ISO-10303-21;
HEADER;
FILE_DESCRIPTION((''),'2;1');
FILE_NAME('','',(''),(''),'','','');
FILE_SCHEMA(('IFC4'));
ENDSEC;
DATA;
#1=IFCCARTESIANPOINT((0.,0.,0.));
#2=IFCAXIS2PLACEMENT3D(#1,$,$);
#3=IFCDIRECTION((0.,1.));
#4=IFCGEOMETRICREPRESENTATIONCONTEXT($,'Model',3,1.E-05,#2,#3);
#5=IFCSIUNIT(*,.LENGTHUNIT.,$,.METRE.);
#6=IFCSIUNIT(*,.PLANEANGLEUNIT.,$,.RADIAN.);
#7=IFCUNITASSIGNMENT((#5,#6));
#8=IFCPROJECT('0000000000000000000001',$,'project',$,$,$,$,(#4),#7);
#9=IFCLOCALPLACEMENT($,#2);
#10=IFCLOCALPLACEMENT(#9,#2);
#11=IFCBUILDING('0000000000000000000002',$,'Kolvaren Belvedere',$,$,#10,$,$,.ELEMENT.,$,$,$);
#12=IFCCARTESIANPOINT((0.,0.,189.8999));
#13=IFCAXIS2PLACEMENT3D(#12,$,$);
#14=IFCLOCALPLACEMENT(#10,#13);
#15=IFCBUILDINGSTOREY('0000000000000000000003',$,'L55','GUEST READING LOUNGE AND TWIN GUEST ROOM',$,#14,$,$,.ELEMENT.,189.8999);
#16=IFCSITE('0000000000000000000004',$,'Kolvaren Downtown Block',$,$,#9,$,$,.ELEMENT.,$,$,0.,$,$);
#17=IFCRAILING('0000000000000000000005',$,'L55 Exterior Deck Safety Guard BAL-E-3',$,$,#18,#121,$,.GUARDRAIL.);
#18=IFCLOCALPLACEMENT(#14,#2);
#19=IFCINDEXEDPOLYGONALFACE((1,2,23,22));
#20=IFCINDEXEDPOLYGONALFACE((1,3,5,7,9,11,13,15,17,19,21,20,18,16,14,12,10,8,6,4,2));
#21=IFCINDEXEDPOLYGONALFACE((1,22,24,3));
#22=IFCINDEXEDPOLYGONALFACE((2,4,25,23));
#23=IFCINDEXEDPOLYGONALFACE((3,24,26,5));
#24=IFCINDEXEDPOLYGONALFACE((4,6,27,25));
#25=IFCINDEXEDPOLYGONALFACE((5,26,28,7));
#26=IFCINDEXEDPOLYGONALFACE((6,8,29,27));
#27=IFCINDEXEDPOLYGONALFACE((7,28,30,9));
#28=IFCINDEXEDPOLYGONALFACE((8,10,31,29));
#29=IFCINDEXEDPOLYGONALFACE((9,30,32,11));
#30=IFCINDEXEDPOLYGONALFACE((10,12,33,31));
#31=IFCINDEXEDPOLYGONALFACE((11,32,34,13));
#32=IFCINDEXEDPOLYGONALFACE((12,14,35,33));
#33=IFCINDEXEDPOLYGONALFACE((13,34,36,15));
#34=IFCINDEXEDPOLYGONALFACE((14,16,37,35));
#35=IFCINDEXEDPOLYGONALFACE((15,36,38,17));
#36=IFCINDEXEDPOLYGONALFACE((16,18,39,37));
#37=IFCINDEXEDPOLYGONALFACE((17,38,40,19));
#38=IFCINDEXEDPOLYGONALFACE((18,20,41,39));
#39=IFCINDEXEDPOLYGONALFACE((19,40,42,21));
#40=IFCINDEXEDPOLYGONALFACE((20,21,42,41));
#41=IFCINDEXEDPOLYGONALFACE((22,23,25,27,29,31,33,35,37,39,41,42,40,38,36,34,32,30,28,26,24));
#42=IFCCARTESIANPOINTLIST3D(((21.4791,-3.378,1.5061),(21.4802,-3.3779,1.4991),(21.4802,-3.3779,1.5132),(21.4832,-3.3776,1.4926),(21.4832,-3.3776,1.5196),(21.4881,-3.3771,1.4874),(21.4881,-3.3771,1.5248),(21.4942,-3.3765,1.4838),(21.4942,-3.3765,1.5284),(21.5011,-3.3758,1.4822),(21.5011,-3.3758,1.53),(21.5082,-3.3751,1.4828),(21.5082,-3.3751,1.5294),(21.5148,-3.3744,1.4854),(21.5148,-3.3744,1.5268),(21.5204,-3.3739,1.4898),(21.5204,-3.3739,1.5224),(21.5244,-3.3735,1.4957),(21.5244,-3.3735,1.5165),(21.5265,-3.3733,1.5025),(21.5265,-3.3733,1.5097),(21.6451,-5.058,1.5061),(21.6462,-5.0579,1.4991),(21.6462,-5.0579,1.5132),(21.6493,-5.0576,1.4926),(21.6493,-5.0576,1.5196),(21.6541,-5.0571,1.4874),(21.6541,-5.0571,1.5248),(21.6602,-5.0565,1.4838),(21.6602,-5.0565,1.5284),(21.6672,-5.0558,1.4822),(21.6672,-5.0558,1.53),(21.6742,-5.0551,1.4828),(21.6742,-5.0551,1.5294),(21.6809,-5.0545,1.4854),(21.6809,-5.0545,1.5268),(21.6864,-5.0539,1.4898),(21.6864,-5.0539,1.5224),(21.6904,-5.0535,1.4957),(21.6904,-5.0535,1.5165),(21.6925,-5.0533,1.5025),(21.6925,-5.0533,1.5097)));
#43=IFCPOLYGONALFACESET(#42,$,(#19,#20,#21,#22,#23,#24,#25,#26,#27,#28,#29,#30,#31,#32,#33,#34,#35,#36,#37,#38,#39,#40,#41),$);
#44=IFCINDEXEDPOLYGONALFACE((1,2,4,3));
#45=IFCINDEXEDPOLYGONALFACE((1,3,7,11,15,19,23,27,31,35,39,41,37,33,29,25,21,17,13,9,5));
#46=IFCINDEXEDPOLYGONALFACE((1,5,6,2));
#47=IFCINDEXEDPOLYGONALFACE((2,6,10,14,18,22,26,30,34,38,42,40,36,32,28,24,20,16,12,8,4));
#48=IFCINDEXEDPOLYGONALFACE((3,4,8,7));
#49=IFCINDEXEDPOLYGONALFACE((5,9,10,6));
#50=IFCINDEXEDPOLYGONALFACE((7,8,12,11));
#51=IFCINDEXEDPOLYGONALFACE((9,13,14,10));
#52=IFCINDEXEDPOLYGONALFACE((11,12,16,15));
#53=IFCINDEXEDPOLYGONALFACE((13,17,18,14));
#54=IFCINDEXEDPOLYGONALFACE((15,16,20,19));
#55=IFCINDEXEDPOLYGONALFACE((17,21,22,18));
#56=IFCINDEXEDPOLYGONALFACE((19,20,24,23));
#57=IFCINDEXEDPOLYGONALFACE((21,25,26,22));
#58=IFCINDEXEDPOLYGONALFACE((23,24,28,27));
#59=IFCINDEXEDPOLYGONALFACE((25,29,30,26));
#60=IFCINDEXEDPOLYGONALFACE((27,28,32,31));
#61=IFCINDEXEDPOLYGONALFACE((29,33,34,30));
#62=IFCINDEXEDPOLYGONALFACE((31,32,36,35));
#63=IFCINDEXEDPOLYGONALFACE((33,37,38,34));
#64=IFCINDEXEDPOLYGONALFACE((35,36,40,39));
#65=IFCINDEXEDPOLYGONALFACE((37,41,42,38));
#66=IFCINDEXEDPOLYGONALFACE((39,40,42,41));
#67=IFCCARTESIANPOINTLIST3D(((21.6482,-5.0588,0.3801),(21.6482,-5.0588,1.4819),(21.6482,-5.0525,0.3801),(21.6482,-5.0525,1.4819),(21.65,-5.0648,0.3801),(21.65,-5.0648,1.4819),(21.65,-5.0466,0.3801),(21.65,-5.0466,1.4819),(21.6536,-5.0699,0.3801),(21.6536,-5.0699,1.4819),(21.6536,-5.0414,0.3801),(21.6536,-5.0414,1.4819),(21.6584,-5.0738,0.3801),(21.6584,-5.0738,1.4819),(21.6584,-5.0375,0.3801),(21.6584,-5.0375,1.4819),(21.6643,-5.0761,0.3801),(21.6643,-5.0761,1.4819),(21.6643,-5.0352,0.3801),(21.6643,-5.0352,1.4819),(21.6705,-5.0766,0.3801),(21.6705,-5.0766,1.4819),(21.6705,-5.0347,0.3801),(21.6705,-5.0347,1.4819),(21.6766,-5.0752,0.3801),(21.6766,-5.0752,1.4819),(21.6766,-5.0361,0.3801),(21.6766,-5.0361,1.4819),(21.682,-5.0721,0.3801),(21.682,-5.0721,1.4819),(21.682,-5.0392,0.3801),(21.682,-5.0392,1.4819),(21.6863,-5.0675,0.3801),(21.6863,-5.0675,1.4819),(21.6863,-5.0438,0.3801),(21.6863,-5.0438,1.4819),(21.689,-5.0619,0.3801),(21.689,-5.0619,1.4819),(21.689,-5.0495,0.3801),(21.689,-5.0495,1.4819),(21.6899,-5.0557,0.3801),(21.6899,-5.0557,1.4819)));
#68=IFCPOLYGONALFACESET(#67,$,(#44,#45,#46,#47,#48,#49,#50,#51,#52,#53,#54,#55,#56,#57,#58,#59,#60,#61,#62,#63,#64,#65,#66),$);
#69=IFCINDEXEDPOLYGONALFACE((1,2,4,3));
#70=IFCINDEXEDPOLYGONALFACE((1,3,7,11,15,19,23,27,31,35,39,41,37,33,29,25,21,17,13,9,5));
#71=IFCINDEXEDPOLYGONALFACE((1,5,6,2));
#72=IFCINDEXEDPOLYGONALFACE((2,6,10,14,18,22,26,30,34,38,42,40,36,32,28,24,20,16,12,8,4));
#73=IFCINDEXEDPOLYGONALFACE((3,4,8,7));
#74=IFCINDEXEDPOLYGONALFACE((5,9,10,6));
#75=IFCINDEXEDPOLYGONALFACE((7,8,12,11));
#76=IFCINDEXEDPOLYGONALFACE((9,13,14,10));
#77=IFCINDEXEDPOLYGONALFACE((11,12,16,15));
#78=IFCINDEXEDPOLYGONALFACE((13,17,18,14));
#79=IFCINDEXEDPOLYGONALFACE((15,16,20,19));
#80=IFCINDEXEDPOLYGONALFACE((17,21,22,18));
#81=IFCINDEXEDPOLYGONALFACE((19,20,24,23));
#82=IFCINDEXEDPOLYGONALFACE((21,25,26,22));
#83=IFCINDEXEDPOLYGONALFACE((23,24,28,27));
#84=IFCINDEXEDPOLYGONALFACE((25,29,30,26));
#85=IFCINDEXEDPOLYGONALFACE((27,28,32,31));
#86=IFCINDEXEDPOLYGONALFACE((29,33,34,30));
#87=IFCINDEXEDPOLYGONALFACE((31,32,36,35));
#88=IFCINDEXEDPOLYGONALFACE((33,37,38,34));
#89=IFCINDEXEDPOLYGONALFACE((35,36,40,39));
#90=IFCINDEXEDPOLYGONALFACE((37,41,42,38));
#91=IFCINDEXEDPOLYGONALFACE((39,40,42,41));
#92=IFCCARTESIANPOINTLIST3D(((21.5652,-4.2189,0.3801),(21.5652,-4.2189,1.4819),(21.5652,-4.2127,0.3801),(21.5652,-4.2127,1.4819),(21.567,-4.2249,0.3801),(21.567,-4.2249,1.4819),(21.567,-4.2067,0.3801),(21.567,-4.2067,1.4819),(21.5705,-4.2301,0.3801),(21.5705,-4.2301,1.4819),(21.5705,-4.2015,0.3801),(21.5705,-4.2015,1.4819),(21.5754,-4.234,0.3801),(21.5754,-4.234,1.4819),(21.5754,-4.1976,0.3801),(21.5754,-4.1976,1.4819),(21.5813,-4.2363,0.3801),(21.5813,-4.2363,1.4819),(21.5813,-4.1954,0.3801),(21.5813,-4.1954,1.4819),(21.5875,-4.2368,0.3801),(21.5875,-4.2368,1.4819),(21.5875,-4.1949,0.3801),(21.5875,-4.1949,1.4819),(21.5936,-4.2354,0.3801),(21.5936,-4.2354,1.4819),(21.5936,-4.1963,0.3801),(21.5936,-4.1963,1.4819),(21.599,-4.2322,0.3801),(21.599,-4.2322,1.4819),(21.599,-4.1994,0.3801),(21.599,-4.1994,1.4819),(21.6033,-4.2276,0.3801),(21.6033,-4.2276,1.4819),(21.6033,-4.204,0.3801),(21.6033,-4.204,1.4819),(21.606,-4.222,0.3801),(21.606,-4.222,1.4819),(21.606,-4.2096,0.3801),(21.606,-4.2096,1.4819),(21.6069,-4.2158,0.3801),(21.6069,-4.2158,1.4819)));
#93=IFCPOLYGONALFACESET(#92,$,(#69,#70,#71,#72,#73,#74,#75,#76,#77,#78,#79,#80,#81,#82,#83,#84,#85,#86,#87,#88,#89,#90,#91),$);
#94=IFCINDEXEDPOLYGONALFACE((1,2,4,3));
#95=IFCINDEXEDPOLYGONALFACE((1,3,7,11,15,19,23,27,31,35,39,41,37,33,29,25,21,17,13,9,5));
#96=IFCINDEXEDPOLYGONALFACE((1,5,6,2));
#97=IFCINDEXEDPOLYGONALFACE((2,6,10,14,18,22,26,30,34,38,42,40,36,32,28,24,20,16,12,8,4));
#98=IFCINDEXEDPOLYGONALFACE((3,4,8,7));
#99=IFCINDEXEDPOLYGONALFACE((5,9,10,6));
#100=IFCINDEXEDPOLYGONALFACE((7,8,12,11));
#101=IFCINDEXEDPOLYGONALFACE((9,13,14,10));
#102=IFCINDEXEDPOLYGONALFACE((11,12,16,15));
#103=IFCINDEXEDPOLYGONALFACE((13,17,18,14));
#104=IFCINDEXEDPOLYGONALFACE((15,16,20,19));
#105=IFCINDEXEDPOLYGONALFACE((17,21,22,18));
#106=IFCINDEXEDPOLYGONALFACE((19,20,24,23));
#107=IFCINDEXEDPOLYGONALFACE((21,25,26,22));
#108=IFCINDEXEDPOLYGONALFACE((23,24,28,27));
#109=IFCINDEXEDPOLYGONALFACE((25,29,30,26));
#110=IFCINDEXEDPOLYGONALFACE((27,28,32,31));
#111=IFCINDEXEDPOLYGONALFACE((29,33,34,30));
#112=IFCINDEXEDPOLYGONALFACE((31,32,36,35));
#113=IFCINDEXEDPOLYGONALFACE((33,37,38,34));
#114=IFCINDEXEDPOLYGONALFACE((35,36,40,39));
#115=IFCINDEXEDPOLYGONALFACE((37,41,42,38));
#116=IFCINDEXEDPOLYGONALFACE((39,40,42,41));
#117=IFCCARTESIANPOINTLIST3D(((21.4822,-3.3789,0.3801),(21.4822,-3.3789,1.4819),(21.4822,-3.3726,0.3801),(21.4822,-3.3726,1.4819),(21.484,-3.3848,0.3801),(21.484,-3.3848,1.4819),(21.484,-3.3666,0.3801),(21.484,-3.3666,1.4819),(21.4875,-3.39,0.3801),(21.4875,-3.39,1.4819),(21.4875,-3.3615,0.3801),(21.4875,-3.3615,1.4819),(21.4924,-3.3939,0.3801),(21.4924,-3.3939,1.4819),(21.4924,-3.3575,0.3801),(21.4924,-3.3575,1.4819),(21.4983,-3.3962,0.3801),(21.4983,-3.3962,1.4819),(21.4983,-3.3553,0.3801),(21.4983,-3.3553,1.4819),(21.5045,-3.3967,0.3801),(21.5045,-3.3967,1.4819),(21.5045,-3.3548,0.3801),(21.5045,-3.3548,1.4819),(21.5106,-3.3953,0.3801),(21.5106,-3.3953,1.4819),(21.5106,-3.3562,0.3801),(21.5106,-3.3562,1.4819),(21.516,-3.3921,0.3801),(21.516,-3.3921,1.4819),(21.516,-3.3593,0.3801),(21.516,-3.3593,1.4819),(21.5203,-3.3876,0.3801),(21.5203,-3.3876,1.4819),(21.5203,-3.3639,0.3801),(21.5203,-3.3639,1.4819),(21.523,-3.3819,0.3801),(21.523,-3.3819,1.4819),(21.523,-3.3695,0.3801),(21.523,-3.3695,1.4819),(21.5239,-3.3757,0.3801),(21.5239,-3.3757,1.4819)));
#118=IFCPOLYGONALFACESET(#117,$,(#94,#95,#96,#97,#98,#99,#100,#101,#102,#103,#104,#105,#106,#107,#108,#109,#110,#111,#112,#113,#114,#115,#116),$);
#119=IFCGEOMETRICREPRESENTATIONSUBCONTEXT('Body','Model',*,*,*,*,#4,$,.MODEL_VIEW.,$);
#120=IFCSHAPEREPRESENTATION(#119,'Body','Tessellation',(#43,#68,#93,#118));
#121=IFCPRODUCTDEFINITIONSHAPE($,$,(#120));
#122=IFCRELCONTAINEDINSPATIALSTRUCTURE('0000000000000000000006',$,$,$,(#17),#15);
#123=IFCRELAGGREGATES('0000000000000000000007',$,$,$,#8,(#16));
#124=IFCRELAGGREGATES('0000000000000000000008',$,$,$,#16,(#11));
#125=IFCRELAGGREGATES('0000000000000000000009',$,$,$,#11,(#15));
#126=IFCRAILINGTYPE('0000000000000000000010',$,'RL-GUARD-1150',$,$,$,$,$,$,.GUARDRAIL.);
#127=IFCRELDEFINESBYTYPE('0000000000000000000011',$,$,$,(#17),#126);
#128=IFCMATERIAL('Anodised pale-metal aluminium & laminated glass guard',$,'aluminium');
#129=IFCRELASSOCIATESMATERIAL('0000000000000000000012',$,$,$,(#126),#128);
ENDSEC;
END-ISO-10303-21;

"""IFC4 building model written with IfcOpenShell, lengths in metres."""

from ifc_helpers import new_model, si_unit, direction, frame, origin, origin_2d, place, context, subcontext, project, spatial, circle, extrude, material, type_object, element, save


model = new_model("IFC4")

# Units and contexts
model_context = context("Model", 3, precision=1e-05, world=origin(), true_north=direction((0.0, 1.0)))
body_context = subcontext(model_context, "Body", "Model", "MODEL_VIEW")
ifc_project = project(units=[si_unit("LENGTHUNIT", "METRE"), si_unit("PLANEANGLEUNIT", "RADIAN")], contexts=[model_context])

# Site, building, storey
site_placement = place(None, origin())
site = spatial("IfcSite", under=ifc_project, at=site_placement, Name="Kolvaren Downtown Block", CompositionType="ELEMENT", RefElevation=0.0)
building_placement = place(site_placement, origin())
building = spatial("IfcBuilding", under=site, at=building_placement, Name="Kolvaren Belvedere", CompositionType="ELEMENT")
storey_placement = place(building_placement, frame((0.0, 0.0, 189.8999)))
storey = spatial("IfcBuildingStorey", under=building, at=storey_placement, Name="L55", Description="GUEST READING LOUNGE AND TWIN GUEST ROOM", CompositionType="ELEMENT", Elevation=189.8999)

# Railing
ifc_material_1 = material(Name="Anodised pale-metal aluminium & laminated glass guard", Category="aluminium")
railing_type = type_object("IfcRailingType", Name="RL-GUARD-1150", PredefinedType="GUARDRAIL", material=ifc_material_1)
railing_1_placement = place(storey_placement, frame((21.6689, -5.0557, 0.3801)))
element("IfcRailing", 1, at=railing_1_placement, inside=storey, type_object=railing_type, Name="L55 Exterior Deck Safety Guard BAL-E-3", PredefinedType="GUARDRAIL", context=body_context, shape_type="SweptSolid", body=[
    extrude(circle(Radius=0.0239, at=origin_2d()), frame((0.0, 0.0, 1.126), z_axis=(-0.098344, 0.995152, 0.0), x_axis=(-0.995152, -0.098344, 0.0)), (0.0, 0.0, 1.0), 1.6882),
    extrude(circle(Radius=0.021, at=origin_2d()), origin(), (0.0, 0.0, 1.0), 1.1018),
    extrude(circle(Radius=0.021, at=origin_2d()), frame((-0.083, 0.8398, 0.0)), (0.0, 0.0, 1.0), 1.1018),
    extrude(circle(Radius=0.021, at=origin_2d()), frame((-0.166, 1.6799, 0.0)), (0.0, 0.0, 1.0), 1.1018),
])

save(model, "model.ifc")
